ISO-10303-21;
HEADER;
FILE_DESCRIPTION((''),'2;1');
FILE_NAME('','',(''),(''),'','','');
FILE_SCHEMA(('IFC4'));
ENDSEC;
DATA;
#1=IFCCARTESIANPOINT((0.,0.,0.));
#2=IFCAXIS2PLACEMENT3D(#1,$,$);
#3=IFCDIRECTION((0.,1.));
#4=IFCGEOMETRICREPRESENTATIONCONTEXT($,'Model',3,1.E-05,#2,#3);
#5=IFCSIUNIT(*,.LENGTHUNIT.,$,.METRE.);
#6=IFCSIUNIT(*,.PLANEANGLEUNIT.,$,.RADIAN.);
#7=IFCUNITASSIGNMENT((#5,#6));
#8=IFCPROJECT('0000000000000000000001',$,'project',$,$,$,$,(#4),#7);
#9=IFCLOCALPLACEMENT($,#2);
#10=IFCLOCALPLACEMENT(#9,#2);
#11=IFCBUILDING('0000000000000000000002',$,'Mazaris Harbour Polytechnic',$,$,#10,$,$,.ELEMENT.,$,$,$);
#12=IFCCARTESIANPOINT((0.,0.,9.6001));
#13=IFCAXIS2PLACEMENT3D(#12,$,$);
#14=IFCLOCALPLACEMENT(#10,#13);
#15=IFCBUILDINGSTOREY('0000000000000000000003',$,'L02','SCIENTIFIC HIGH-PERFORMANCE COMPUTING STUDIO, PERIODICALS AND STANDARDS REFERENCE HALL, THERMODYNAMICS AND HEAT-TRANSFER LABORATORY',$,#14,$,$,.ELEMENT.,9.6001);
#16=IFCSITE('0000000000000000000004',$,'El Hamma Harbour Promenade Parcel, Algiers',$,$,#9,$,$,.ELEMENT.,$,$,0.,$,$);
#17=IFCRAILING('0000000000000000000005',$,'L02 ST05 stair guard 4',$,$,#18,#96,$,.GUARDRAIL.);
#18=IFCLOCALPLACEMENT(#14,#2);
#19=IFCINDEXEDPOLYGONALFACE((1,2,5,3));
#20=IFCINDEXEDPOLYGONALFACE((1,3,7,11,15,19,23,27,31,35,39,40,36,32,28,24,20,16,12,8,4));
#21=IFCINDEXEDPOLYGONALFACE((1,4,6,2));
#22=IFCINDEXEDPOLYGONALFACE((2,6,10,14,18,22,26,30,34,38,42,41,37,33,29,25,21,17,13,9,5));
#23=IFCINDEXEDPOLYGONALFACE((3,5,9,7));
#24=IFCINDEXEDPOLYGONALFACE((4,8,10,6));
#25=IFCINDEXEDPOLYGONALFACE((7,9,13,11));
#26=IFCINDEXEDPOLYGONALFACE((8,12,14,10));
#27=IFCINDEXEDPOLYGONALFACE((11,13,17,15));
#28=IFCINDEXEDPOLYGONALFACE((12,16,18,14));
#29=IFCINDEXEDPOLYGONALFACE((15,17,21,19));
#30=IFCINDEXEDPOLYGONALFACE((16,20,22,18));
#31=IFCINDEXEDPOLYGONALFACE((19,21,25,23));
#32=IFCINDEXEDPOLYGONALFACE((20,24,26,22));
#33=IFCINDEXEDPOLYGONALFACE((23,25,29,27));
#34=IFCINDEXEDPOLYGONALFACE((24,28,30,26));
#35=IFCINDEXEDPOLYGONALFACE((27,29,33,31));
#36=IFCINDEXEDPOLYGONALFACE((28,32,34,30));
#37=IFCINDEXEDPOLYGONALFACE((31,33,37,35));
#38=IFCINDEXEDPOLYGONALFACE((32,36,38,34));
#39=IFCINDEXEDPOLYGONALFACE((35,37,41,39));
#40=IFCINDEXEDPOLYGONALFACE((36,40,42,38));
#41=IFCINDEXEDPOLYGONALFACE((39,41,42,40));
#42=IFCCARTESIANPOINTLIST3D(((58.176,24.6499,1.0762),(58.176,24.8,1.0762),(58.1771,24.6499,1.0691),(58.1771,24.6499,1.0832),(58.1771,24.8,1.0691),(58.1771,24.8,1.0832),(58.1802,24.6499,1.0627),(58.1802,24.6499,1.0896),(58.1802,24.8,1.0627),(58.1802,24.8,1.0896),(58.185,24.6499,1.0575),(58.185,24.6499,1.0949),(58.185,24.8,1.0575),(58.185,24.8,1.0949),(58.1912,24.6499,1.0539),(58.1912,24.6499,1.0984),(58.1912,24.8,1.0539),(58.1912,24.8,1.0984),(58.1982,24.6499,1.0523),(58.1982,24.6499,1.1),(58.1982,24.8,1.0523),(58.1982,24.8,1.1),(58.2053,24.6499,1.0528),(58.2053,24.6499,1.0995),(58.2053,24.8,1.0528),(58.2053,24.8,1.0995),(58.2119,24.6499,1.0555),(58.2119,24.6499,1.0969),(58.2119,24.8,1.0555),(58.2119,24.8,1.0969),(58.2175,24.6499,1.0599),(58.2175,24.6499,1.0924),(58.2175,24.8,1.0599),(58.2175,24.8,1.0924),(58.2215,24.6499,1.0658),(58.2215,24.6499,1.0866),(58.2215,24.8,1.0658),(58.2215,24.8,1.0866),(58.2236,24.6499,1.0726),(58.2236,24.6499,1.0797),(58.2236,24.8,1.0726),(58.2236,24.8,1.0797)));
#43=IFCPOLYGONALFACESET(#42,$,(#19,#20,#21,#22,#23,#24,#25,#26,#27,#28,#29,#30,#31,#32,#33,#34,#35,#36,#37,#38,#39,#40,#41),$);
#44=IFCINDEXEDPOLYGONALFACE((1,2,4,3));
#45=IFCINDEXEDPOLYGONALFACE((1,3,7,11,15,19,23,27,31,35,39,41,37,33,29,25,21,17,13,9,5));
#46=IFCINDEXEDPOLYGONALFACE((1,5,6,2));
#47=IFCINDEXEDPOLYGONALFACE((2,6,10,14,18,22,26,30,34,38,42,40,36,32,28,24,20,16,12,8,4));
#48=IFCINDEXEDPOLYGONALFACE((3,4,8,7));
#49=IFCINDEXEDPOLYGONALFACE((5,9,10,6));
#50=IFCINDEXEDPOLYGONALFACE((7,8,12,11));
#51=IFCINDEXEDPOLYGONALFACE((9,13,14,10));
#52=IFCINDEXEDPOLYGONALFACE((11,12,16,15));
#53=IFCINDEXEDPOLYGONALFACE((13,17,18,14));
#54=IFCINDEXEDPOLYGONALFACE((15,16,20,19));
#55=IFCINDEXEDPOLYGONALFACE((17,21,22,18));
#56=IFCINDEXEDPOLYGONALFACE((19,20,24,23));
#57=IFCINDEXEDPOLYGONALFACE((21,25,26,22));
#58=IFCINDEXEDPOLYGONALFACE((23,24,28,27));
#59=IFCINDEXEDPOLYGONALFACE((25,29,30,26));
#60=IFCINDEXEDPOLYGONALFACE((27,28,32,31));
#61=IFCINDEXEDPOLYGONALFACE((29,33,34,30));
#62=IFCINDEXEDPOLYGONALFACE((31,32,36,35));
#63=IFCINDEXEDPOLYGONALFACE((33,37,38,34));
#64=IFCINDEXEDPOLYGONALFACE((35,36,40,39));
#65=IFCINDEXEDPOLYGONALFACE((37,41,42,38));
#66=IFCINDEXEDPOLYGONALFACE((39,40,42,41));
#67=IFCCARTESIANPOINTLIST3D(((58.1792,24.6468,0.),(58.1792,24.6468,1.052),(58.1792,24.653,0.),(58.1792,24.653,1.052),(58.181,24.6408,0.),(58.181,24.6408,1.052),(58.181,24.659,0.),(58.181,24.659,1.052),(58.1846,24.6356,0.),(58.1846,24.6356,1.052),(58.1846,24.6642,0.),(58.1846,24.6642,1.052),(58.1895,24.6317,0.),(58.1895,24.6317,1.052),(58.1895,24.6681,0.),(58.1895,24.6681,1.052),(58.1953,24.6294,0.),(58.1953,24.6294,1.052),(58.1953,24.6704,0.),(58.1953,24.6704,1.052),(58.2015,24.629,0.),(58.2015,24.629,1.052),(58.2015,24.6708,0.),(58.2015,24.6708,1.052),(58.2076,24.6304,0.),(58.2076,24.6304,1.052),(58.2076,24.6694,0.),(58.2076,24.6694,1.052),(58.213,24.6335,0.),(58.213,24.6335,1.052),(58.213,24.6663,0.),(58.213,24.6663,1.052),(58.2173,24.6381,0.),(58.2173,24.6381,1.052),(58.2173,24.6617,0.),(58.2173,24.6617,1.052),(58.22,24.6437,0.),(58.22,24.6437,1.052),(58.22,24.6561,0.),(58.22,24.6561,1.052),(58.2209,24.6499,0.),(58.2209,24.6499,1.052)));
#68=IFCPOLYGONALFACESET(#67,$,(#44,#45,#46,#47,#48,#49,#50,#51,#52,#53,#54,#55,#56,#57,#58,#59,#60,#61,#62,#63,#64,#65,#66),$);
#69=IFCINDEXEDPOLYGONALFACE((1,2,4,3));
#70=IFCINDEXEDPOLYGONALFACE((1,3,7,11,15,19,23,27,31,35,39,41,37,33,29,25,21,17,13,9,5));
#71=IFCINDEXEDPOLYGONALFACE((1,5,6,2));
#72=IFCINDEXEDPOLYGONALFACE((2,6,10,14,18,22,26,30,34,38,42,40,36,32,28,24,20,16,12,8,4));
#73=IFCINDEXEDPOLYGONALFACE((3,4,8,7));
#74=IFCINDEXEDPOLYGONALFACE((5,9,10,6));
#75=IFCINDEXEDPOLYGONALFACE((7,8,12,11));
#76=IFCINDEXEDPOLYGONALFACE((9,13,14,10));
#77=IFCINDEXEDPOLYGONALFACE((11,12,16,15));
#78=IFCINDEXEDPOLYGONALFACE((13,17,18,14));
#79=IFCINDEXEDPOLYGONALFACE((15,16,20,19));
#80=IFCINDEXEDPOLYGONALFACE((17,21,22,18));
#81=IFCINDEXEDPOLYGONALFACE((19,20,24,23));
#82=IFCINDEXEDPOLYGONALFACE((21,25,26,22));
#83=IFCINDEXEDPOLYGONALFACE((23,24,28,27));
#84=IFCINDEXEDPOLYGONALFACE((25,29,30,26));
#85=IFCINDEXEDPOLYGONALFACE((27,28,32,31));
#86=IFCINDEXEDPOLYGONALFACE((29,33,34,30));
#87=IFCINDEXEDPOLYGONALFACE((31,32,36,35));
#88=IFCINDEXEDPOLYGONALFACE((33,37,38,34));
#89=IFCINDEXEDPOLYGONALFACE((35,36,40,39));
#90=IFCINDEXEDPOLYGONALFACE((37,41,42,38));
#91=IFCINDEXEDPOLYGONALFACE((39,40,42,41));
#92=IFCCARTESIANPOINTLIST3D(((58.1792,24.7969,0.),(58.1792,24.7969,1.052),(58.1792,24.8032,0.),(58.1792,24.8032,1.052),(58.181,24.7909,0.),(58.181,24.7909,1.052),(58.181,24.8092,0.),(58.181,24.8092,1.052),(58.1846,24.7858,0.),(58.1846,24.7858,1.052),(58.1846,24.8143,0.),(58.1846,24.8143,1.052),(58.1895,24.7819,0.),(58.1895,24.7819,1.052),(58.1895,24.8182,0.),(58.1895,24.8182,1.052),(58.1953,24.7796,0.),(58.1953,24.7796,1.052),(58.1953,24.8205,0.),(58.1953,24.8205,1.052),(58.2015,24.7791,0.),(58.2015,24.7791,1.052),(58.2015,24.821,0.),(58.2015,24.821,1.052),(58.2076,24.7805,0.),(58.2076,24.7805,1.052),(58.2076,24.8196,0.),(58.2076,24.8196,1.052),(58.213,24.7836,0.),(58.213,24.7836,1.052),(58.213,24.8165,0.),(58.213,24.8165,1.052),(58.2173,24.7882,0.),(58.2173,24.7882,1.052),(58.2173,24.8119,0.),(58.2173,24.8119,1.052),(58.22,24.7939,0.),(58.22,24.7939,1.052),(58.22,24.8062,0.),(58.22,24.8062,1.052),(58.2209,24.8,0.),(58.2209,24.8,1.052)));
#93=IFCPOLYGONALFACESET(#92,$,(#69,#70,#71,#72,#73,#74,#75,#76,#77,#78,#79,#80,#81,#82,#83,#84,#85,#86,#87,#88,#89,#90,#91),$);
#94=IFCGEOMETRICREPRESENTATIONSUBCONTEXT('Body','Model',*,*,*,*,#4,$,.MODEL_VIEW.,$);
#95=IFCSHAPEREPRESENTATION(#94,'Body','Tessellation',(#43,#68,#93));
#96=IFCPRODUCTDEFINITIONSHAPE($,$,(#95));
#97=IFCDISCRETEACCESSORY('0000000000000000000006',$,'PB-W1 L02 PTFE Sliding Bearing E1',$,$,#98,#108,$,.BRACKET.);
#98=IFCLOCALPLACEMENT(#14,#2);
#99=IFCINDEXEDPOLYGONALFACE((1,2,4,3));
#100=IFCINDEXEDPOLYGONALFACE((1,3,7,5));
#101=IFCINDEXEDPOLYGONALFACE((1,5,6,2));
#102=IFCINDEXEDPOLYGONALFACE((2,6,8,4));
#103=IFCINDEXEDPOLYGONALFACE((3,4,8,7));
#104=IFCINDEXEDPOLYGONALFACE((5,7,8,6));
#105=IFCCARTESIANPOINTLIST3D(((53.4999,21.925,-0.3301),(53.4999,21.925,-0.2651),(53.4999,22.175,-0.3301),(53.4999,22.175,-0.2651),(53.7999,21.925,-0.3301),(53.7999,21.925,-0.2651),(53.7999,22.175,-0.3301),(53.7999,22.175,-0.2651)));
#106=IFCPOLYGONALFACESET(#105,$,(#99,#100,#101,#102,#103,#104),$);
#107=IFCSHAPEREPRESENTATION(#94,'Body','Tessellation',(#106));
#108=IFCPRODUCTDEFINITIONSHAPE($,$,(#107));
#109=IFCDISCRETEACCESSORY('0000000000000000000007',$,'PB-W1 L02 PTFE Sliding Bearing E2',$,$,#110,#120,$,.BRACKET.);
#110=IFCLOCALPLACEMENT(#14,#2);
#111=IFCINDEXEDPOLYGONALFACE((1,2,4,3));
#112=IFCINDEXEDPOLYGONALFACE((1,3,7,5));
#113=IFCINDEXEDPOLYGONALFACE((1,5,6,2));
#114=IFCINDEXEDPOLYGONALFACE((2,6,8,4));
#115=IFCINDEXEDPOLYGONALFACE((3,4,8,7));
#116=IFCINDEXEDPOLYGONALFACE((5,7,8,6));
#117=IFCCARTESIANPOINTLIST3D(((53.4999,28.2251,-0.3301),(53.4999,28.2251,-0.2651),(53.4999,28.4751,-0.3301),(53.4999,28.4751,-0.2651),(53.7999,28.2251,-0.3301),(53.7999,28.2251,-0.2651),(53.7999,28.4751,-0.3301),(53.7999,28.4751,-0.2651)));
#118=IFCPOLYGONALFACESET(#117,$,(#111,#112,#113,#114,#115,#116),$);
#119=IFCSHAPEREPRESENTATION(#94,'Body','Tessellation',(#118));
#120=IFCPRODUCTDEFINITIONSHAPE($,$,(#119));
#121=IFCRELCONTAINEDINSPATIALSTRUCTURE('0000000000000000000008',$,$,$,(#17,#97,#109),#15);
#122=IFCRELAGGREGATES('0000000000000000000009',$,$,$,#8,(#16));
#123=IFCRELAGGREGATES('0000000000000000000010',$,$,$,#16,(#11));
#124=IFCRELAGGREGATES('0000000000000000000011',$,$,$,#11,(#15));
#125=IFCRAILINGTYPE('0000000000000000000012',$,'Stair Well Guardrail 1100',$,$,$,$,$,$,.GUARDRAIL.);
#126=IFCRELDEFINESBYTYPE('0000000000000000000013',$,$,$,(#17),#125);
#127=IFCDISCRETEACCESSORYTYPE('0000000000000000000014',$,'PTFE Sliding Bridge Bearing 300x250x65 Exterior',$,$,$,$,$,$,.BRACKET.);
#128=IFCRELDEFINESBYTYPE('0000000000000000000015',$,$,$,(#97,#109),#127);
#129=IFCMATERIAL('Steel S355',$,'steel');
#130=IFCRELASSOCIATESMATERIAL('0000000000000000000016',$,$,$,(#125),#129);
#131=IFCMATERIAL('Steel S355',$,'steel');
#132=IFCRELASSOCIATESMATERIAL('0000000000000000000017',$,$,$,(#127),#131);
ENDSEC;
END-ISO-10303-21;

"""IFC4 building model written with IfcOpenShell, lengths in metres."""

from ifc_helpers import new_model, si_unit, direction, frame, origin, origin_2d, place, context, subcontext, project, spatial, rectangle, circle, extrude, material, type_object, element, save


model = new_model("IFC4")

# Units and contexts
model_context = context("Model", 3, precision=1e-05, world=origin(), true_north=direction((0.0, 1.0)))
body_context = subcontext(model_context, "Body", "Model", "MODEL_VIEW")
ifc_project = project(units=[si_unit("LENGTHUNIT", "METRE"), si_unit("PLANEANGLEUNIT", "RADIAN")], contexts=[model_context])

# Site, building, storey
site_placement = place(None, origin())
site = spatial("IfcSite", under=ifc_project, at=site_placement, Name="El Hamma Harbour Promenade Parcel, Algiers", CompositionType="ELEMENT", RefElevation=0.0)
building_placement = place(site_placement, origin())
building = spatial("IfcBuilding", under=site, at=building_placement, Name="Mazaris Harbour Polytechnic", CompositionType="ELEMENT")
storey_placement = place(building_placement, frame((0.0, 0.0, 9.6001)))
storey = spatial("IfcBuildingStorey", under=building, at=storey_placement, Name="L02", Description="SCIENTIFIC HIGH-PERFORMANCE COMPUTING STUDIO, PERIODICALS AND STANDARDS REFERENCE HALL, THERMODYNAMICS AND HEAT-TRANSFER LABORATORY", CompositionType="ELEMENT", Elevation=9.6001)

# Railing
ifc_material_1 = material(Name="Steel S355", Category="steel")
railing_type_1 = type_object("IfcRailingType", Name="Stair Well Guardrail 1100", PredefinedType="GUARDRAIL", material=ifc_material_1)
railing_1_placement = place(storey_placement, frame((58.2, 24.6499, 0.0)))
element("IfcRailing", 1, at=railing_1_placement, inside=storey, type_object=railing_type_1, Name="L02 ST05 stair guard 4", PredefinedType="GUARDRAIL", context=body_context, shape_type="SweptSolid", body=[
    extrude(circle(Radius=0.0239, at=origin_2d()), frame((0.0, 0.0, 1.0762), z_axis=(0.0, 1.0, 0.0), x_axis=(-1.0, 0.0, 0.0)), (0.0, 0.0, 1.0), 0.1501),
    extrude(circle(Radius=0.021, at=origin_2d()), origin(), (0.0, 0.0, 1.0), 1.052),
    extrude(circle(Radius=0.021, at=origin_2d()), frame((0.0, 0.1501, 0.0)), (0.0, 0.0, 1.0), 1.052),
])

# Discrete accessories
ifc_material_2 = material(Name="Steel S355", Category="steel")
discrete_accessory_type = type_object("IfcDiscreteAccessoryType", Name="PTFE Sliding Bridge Bearing 300x250x65 Exterior", PredefinedType="BRACKET", material=ifc_material_2)
for number, where, z_axis, x_axis, name in (
    (2, (53.6499, 22.05, -0.3301), (0.0, 0.0, 1.0), (1.0, 0.0, 0.0), "PB-W1 L02 PTFE Sliding Bearing E1"),
    (3, (53.6499, 28.3501, -0.3301), (0.0, 0.0, 1.0), (1.0, 0.0, 0.0), "PB-W1 L02 PTFE Sliding Bearing E2"),
):
    element("IfcDiscreteAccessory", number, at=place(storey_placement, frame(where, z_axis=z_axis, x_axis=x_axis)), inside=storey, type_object=discrete_accessory_type, Name=name, PredefinedType="BRACKET", context=body_context, shape_type="SweptSolid", body=[
        extrude(rectangle(XDim=0.3, YDim=0.25, at=origin_2d()), origin(), (0.0, 0.0, 1.0), 0.0649),
    ])

save(model, "model.ifc")
